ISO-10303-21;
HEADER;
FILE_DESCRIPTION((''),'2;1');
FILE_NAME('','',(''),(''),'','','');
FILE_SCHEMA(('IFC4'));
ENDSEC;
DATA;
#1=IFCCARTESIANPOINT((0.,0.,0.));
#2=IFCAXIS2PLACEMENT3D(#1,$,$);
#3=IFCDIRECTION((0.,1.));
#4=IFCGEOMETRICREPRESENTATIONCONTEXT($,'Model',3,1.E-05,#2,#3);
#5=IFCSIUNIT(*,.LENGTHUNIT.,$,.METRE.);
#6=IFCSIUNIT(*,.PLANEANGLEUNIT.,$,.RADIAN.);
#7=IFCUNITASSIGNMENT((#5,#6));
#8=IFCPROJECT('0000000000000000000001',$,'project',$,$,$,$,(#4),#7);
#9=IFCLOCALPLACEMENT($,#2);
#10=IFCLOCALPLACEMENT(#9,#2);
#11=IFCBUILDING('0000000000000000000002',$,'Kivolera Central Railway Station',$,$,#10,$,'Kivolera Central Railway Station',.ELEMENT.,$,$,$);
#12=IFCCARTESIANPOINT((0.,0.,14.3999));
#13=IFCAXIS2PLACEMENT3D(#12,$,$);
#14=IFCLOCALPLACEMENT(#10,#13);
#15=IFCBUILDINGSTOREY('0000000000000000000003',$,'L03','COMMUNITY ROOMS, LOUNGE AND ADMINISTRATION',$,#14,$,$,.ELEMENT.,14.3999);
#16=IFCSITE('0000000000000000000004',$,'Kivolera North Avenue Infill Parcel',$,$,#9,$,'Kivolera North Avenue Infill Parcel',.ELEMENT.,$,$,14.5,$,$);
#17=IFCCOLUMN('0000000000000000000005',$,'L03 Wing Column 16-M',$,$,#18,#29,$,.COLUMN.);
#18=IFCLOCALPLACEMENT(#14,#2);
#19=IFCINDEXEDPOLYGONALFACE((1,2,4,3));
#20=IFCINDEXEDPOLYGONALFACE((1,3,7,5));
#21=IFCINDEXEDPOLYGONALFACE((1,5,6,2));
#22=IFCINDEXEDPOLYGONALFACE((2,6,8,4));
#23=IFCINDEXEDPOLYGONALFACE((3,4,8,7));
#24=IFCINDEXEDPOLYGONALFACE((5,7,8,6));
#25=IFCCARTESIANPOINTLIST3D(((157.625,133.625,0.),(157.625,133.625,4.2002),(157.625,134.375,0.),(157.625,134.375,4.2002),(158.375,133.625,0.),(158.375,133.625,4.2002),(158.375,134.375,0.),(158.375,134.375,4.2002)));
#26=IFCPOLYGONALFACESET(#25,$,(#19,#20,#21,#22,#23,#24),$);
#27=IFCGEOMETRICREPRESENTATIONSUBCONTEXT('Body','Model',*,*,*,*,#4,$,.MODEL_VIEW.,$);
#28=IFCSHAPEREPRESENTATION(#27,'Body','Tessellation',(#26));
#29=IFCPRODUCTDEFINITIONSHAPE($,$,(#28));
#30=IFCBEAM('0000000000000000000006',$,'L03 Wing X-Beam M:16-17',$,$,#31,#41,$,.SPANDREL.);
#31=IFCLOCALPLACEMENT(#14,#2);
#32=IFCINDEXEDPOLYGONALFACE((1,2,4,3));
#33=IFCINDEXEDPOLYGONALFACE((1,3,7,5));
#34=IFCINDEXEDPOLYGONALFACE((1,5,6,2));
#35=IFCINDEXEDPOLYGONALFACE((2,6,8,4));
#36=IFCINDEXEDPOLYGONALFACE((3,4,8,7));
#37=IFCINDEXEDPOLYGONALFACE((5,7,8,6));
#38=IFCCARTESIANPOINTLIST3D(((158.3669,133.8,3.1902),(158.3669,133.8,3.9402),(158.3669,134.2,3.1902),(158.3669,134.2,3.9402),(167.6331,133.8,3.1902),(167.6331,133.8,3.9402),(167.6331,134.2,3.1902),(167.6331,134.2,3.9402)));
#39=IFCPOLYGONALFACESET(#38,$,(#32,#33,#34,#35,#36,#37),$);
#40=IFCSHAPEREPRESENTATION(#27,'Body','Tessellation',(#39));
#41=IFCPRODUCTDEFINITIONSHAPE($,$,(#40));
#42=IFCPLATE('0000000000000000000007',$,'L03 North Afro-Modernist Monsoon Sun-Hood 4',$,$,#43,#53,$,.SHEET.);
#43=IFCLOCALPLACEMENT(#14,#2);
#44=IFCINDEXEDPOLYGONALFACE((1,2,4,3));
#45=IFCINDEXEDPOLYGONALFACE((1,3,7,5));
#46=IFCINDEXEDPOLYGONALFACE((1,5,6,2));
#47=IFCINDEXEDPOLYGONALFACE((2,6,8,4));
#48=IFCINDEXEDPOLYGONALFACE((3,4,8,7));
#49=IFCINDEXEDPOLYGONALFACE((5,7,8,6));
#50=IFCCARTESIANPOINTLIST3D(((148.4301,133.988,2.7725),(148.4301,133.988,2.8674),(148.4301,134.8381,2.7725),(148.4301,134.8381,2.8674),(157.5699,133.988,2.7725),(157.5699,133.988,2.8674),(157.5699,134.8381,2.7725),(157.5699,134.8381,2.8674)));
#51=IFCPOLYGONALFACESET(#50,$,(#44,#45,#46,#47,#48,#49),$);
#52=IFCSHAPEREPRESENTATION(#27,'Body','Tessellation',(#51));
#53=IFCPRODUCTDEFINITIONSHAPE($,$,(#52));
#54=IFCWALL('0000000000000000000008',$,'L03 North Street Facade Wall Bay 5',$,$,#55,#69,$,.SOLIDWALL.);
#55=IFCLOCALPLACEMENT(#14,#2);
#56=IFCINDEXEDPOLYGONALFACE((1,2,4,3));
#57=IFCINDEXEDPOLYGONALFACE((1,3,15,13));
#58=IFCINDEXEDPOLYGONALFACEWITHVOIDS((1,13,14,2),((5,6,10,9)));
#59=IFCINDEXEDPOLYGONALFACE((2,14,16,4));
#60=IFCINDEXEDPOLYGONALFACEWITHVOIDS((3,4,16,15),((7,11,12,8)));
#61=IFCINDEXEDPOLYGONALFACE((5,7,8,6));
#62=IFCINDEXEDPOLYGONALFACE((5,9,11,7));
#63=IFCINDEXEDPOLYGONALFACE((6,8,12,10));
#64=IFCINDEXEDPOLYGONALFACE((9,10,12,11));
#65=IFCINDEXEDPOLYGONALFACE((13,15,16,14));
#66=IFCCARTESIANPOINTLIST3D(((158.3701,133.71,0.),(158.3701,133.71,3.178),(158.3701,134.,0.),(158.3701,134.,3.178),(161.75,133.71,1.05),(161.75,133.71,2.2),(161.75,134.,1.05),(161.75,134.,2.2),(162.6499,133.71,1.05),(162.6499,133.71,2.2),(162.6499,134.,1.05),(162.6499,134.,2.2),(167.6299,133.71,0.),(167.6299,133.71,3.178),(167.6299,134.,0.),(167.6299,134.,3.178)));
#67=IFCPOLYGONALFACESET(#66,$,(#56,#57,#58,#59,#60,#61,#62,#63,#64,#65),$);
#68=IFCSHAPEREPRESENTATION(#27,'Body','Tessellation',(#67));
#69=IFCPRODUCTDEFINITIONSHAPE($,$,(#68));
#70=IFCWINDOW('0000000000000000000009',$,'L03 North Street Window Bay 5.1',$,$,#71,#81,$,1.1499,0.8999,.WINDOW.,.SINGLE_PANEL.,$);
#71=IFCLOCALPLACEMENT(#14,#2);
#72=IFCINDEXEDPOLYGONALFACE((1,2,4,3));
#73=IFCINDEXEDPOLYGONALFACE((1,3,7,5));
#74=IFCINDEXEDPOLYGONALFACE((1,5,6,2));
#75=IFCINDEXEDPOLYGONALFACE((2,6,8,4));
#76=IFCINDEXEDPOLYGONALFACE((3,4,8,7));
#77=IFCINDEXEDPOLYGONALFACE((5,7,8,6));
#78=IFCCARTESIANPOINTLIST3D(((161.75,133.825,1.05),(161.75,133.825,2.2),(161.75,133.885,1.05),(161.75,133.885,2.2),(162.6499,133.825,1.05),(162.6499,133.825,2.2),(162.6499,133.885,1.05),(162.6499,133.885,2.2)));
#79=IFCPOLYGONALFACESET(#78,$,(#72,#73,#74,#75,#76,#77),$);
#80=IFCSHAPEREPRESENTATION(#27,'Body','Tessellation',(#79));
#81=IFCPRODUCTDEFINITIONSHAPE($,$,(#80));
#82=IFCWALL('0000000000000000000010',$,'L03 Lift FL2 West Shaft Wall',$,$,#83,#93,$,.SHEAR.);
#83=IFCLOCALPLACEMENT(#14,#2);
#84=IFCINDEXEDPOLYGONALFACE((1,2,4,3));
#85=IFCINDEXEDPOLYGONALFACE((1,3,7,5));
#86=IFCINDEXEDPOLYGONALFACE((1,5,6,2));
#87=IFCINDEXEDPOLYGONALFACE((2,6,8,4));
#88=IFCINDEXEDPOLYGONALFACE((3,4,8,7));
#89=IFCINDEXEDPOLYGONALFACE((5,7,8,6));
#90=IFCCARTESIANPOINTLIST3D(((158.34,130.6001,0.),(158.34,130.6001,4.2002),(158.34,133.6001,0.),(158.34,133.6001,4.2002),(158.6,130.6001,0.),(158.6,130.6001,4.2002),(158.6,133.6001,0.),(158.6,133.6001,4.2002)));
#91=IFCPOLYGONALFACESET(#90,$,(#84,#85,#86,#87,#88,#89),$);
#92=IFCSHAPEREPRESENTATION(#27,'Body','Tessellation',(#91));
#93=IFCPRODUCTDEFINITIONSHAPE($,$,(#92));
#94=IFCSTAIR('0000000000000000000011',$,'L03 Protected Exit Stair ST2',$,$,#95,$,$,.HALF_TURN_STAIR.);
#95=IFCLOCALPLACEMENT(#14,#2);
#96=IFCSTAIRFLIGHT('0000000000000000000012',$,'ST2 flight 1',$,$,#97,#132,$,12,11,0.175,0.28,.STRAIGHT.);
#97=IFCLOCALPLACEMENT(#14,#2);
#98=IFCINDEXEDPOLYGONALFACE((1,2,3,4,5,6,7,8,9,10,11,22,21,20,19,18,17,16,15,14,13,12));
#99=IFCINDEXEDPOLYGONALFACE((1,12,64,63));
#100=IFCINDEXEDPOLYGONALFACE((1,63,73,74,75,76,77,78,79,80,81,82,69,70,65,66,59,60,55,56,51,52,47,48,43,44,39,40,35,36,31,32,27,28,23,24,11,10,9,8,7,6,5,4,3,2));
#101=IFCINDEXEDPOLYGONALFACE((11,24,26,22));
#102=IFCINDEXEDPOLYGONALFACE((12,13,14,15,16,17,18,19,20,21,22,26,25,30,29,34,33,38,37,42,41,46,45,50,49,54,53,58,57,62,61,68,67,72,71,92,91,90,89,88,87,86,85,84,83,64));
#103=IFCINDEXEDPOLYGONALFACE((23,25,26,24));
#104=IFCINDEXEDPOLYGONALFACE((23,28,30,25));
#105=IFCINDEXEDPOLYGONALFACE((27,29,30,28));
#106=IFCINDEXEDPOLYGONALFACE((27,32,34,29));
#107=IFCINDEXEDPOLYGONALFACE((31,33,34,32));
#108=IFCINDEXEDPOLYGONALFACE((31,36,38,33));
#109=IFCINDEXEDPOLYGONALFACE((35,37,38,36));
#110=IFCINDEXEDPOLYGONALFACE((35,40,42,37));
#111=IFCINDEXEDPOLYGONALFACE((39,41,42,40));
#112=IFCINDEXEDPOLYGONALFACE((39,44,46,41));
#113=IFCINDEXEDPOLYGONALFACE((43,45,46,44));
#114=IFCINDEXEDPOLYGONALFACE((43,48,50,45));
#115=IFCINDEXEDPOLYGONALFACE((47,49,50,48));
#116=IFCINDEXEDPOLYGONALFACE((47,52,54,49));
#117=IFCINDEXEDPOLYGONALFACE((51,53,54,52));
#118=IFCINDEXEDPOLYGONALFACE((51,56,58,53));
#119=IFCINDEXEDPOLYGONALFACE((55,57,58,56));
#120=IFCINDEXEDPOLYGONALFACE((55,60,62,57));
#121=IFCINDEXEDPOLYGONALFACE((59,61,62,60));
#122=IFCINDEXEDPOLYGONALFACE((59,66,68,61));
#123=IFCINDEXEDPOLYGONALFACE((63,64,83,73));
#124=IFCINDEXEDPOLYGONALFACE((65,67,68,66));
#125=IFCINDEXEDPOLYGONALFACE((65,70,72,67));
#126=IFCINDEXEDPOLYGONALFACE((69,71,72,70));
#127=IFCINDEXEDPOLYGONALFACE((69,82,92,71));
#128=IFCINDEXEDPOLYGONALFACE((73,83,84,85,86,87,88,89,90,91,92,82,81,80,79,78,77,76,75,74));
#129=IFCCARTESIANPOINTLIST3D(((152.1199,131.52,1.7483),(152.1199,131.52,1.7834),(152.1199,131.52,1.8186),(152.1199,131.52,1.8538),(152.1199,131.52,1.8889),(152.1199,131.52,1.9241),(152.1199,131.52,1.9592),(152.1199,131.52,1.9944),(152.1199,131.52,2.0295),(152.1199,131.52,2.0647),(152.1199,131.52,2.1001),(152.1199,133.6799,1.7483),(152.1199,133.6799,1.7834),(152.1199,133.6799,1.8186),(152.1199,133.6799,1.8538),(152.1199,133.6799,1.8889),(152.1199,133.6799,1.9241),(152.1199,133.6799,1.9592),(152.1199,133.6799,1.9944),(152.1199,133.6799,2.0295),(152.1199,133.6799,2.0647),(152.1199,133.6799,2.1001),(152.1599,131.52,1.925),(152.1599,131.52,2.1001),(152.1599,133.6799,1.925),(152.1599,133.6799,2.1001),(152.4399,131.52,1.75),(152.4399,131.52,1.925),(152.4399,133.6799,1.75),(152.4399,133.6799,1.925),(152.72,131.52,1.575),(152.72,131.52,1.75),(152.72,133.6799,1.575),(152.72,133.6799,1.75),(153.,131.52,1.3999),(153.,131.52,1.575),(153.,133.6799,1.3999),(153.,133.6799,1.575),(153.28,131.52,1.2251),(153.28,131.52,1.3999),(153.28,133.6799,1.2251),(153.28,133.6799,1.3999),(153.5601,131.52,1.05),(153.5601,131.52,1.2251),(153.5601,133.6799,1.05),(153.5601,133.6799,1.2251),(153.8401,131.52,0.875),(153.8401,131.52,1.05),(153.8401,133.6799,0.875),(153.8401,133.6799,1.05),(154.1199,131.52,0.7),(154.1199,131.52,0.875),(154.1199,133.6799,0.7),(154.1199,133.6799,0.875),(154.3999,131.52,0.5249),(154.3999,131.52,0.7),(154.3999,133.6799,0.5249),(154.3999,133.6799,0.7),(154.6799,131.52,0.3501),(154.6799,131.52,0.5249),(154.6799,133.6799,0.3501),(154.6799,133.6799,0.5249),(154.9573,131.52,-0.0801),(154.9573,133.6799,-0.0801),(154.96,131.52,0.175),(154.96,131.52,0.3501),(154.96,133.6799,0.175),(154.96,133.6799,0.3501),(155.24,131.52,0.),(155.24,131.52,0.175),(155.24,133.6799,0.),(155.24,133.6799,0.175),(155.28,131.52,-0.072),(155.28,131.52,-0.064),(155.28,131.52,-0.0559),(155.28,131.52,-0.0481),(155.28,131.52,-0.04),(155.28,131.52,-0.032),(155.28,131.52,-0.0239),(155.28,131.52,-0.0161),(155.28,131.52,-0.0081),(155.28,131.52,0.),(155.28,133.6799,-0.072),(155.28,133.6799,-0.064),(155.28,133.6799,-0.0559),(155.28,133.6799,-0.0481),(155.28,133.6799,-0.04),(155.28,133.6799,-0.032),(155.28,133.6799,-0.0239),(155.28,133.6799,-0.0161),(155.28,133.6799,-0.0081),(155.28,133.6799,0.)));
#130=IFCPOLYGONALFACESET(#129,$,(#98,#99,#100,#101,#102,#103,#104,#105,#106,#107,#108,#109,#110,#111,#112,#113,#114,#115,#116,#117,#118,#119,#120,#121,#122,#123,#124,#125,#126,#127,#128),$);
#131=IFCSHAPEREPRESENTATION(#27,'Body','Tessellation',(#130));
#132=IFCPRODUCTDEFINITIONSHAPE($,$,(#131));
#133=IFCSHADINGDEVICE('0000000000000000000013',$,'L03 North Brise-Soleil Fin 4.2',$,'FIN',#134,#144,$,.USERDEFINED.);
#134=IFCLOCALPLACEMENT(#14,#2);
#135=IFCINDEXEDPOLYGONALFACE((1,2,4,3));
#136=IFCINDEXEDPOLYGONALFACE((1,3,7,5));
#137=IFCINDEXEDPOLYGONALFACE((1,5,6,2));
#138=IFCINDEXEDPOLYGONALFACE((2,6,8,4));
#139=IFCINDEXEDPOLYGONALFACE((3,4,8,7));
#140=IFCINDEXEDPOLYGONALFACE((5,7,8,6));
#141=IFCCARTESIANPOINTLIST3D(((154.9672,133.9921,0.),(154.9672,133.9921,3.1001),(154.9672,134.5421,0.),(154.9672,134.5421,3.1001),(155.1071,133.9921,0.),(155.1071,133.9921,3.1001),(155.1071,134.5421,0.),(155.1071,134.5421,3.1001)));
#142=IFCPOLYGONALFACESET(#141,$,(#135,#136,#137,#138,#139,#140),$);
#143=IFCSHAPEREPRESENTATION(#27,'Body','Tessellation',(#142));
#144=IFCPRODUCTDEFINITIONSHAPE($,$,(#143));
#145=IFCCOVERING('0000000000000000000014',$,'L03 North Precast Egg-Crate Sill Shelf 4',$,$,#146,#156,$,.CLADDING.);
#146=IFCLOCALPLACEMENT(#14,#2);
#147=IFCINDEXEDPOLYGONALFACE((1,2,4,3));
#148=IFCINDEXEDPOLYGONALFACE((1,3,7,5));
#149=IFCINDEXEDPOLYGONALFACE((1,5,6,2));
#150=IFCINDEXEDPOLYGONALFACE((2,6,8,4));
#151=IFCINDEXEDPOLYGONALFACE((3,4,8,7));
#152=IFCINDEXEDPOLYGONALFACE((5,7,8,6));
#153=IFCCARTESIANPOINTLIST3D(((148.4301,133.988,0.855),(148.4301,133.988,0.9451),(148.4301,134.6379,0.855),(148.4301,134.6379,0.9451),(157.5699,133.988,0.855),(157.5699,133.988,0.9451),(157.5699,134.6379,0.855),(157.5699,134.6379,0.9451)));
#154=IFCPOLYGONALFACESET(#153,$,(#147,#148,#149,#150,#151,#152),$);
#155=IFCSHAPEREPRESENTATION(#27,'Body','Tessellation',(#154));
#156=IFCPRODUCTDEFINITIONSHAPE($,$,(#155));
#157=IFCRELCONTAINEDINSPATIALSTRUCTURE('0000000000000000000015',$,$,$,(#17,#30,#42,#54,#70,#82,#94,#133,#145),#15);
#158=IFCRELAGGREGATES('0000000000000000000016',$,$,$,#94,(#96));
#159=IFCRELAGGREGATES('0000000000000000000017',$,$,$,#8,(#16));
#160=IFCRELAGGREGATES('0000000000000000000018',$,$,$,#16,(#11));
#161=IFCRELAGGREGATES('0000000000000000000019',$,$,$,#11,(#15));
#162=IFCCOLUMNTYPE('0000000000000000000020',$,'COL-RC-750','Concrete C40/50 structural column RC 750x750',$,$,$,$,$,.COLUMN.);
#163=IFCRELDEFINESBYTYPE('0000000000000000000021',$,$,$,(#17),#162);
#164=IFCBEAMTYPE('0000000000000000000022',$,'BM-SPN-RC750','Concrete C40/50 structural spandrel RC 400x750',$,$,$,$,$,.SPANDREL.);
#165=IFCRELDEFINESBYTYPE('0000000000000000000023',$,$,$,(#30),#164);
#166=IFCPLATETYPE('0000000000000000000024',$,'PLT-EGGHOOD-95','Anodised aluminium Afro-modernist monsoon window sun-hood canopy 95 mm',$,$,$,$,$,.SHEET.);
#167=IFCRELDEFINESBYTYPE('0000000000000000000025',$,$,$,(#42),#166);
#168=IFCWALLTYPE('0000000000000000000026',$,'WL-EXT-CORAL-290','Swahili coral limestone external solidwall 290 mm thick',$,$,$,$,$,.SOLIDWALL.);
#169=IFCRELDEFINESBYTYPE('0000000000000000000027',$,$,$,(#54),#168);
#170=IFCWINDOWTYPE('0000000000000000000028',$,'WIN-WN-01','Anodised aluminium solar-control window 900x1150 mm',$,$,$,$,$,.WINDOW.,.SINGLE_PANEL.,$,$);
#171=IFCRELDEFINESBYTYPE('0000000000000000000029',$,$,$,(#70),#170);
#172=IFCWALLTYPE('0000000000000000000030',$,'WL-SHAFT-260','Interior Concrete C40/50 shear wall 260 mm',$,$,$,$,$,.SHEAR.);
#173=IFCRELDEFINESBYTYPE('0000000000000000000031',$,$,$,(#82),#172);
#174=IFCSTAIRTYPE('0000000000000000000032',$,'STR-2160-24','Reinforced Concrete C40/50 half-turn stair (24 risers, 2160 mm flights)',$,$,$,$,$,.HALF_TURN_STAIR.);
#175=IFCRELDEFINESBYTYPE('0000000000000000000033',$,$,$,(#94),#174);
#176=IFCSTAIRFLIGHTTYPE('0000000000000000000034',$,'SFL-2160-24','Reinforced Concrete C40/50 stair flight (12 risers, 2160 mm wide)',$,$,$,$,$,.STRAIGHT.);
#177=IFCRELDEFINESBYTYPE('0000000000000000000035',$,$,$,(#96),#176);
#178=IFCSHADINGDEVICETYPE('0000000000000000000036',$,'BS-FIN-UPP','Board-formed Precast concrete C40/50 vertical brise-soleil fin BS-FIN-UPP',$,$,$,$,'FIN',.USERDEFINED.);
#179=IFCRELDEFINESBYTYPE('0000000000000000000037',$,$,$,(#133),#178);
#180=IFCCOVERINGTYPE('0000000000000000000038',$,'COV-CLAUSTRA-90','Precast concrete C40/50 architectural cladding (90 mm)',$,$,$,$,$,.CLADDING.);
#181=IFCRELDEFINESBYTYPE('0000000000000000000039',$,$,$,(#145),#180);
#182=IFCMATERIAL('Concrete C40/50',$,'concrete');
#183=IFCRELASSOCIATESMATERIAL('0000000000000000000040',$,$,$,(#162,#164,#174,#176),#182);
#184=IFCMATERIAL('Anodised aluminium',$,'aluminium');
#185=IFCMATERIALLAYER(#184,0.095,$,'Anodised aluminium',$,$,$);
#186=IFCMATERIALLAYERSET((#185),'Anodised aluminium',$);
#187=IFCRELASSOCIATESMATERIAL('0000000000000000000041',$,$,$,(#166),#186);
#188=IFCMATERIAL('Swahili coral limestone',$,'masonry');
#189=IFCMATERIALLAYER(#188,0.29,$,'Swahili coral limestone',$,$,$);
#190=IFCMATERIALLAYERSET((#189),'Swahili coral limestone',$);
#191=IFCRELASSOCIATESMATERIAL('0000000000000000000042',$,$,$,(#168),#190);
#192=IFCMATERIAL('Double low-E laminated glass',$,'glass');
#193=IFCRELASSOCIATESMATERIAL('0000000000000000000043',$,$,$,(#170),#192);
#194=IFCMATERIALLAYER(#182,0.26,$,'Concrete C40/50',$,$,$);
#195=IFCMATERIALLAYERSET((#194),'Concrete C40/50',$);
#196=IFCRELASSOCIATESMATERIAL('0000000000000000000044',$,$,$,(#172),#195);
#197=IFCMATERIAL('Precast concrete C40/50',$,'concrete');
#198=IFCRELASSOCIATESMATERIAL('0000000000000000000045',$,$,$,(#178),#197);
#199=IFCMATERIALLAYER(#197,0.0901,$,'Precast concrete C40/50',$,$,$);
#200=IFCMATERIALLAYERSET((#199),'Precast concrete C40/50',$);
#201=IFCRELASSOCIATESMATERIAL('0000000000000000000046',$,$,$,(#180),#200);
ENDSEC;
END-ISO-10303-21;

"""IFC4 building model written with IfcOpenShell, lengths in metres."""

from ifc_helpers import new_model, si_unit, direction, frame, frame_2d, origin, origin_2d, place, context, subcontext, project, spatial, polyline, rectangle, outline, extrude, material, layer, layer_set, material_profile, profile_set, type_object, element, fill, aggregate, save


model = new_model("IFC4")

# Units and contexts
model_context = context("Model", 3, precision=1e-05, world=origin(), true_north=direction((0.0, 1.0)))
body_context = subcontext(model_context, "Body", "Model", "MODEL_VIEW")
ifc_project = project(units=[si_unit("LENGTHUNIT", "METRE"), si_unit("PLANEANGLEUNIT", "RADIAN")], contexts=[model_context])

# Site, building, storey
site_placement = place(None, origin())
site = spatial("IfcSite", under=ifc_project, at=site_placement, Name="Kivolera North Avenue Infill Parcel", LongName="Kivolera North Avenue Infill Parcel", CompositionType="ELEMENT", RefElevation=14.5)
building_placement = place(site_placement, origin())
building = spatial("IfcBuilding", under=site, at=building_placement, Name="Kivolera Central Railway Station", LongName="Kivolera Central Railway Station", CompositionType="ELEMENT")
storey_placement = place(building_placement, frame((0.0, 0.0, 14.3999)))
storey = spatial("IfcBuildingStorey", under=building, at=storey_placement, Name="L03", Description="COMMUNITY ROOMS, LOUNGE AND ADMINISTRATION", CompositionType="ELEMENT", Elevation=14.3999)

# Column
ifc_material_1 = material(Name="Concrete C40/50", Category="concrete")
ifc_material_profile_1 = material_profile(ifc_material_1, rectangle(XDim=0.75, YDim=0.75, at=origin_2d()), Name="RC 750x750")
ifc_profile_set_1 = profile_set([ifc_material_profile_1], Name="Concrete C40/50")
column_type = type_object("IfcColumnType", Name="COL-RC-750", Description="Concrete C40/50 structural column RC 750x750", PredefinedType="COLUMN", material=ifc_profile_set_1)
column_placement = place(storey_placement, frame((158.0, 134.0, 0.0), z_axis=(0.0, 0.0, 1.0), x_axis=(1.0, 0.0, 0.0)))
element("IfcColumn", 1, at=column_placement, inside=storey, type_object=column_type, Name="L03 Wing Column 16-M", PredefinedType="COLUMN", context=body_context, shape_type="SweptSolid", body=[
    extrude(rectangle(XDim=0.75, YDim=0.75, at=origin_2d()), origin(), (0.0, 0.0, 1.0), 4.2002),
])

# Beam
ifc_material_profile_2 = material_profile(ifc_material_1, rectangle(XDim=0.3999, YDim=0.75, at=origin_2d()), Name="RC 400x750")
ifc_profile_set_2 = profile_set([ifc_material_profile_2], Name="Concrete C40/50")
beam_type = type_object("IfcBeamType", Name="BM-SPN-RC750", Description="Concrete C40/50 structural spandrel RC 400x750", PredefinedType="SPANDREL", material=ifc_profile_set_2)
beam_placement = place(storey_placement, frame((158.3669, 134.0, 3.5652), z_axis=(1.0, 0.0, 0.0), x_axis=(0.0, 1.0, 0.0)))
element("IfcBeam", 2, at=beam_placement, inside=storey, type_object=beam_type, Name="L03 Wing X-Beam M:16-17", PredefinedType="SPANDREL", context=body_context, shape_type="SweptSolid", body=[
    extrude(rectangle(XDim=0.3999, YDim=0.75, at=origin_2d()), origin(), (0.0, 0.0, 1.0), 9.2661),
])

# Plate
ifc_material_2 = material(Name="Anodised aluminium", Category="aluminium")
ifc_layer_1 = layer(ifc_material_2, 0.095, Name="Anodised aluminium")
ifc_layer_set_1 = layer_set([ifc_layer_1], Name="Anodised aluminium")
plate_type = type_object("IfcPlateType", Name="PLT-EGGHOOD-95", Description="Anodised aluminium Afro-modernist monsoon window sun-hood canopy 95 mm", PredefinedType="SHEET", material=ifc_layer_set_1)
plate_placement = place(storey_placement, frame((153.0, 134.4131, 2.7725), z_axis=(0.0, 0.0, 1.0), x_axis=(1.0, 0.0, 0.0)))
element("IfcPlate", 3, at=plate_placement, inside=storey, type_object=plate_type, Name="L03 North Afro-Modernist Monsoon Sun-Hood 4", PredefinedType="SHEET", context=body_context, shape_type="SweptSolid", body=[
    extrude(rectangle(XDim=9.1399, YDim=0.8501, at=origin_2d()), origin(), (0.0, 0.0, 1.0), 0.095),
])

# Wall, opening, window
ifc_material_3 = material(Name="Swahili coral limestone", Category="masonry")
ifc_layer_2 = layer(ifc_material_3, 0.29, Name="Swahili coral limestone")
ifc_layer_set_2 = layer_set([ifc_layer_2], Name="Swahili coral limestone")
wall_type_1 = type_object("IfcWallType", Name="WL-EXT-CORAL-290", Description="Swahili coral limestone external solidwall 290 mm thick", PredefinedType="SOLIDWALL", material=ifc_layer_set_2)
wall_1_placement = place(storey_placement, frame((158.3701, 133.855, 0.0), z_axis=(0.0, 0.0, 1.0), x_axis=(1.0, 0.0, 0.0)))
wall_1 = element("IfcWall", 4, at=wall_1_placement, inside=storey, type_object=wall_type_1, Name="L03 North Street Facade Wall Bay 5", PredefinedType="SOLIDWALL", context=body_context, shape_type="SweptSolid", body=[
    extrude(rectangle(XDim=9.2598, YDim=0.29, at=frame_2d((4.6299, 0.0))), origin(), (0.0, 0.0, 1.0), 3.178),
])
opening_1_placement = place(wall_1_placement, frame((3.3799, 0.0, 1.05)))
opening_1 = element("IfcOpeningElement", 5, at=opening_1_placement, cuts=wall_1, PredefinedType="OPENING", context=body_context, shape_type="SweptSolid", body=[
    extrude(rectangle(XDim=0.8999, YDim=1.1499, at=frame_2d((0.45, 0.575))), frame((0.0, 0.155, 0.0), z_axis=(0.0, -1.0, 0.0), x_axis=(1.0, 0.0, 0.0)), (0.0, 0.0, 1.0), 0.3101),
])
ifc_material_4 = material(Name="Double low-E laminated glass", Category="glass")
window_type = type_object("IfcWindowType", Name="WIN-WN-01", Description="Anodised aluminium solar-control window 900x1150 mm", PartitioningType="SINGLE_PANEL", PredefinedType="WINDOW", material=ifc_material_4)
window_placement = place(opening_1_placement, origin())
window = element("IfcWindow", 6, at=window_placement, inside=storey, type_object=window_type, Name="L03 North Street Window Bay 5.1", OverallHeight=1.1499, OverallWidth=0.8999, PartitioningType="SINGLE_PANEL", PredefinedType="WINDOW", context=body_context, shape_type="SweptSolid", body=[
    extrude(rectangle(XDim=0.8999, YDim=1.1499, at=frame_2d((0.45, 0.575))), frame((0.0, 0.03, 0.0), z_axis=(0.0, -1.0, 0.0), x_axis=(1.0, 0.0, 0.0)), (0.0, 0.0, 1.0), 0.0601),
])
fill(opening_1, window)

# Wall
ifc_layer_3 = layer(ifc_material_1, 0.26, Name="Concrete C40/50")
ifc_layer_set_3 = layer_set([ifc_layer_3], Name="Concrete C40/50")
wall_type_2 = type_object("IfcWallType", Name="WL-SHAFT-260", Description="Interior Concrete C40/50 shear wall 260 mm", PredefinedType="SHEAR", material=ifc_layer_set_3)
wall_2_placement = place(storey_placement, frame((158.47, 130.6001, 0.0), z_axis=(0.0, 0.0, 1.0), x_axis=(0.0, 1.0, 0.0)))
element("IfcWall", 7, at=wall_2_placement, inside=storey, type_object=wall_type_2, Name="L03 Lift FL2 West Shaft Wall", PredefinedType="SHEAR", context=body_context, shape_type="SweptSolid", body=[
    extrude(rectangle(XDim=3.0, YDim=0.26, at=frame_2d((1.5, 0.0))), origin(), (0.0, 0.0, 1.0), 4.2002),
])

# Stair, stair flight
stair_type = type_object("IfcStairType", Name="STR-2160-24", Description="Reinforced Concrete C40/50 half-turn stair (24 risers, 2160 mm flights)", PredefinedType="HALF_TURN_STAIR", material=ifc_material_1)
stair_placement = place(storey_placement, origin())
stair = element("IfcStair", 8, at=stair_placement, inside=storey, type_object=stair_type, Name="L03 Protected Exit Stair ST2", PredefinedType="HALF_TURN_STAIR")
stair_flight_type = type_object("IfcStairFlightType", Name="SFL-2160-24", Description="Reinforced Concrete C40/50 stair flight (12 risers, 2160 mm wide)", PredefinedType="STRAIGHT", material=ifc_material_1)
stair_flight_placement = place(storey_placement, frame((155.24, 132.6001, 0.0), z_axis=(0.0, 0.0, 1.0), x_axis=(-1.0, 0.0, 0.0)))
stair_flight = element("IfcStairFlight", 9, at=stair_flight_placement, type_object=stair_flight_type, Name="ST2 flight 1", NumberOfRisers=12, NumberOfTreads=11, PredefinedType="STRAIGHT", RiserHeight=0.175, TreadLength=0.28, context=body_context, shape_type="SweptSolid", body=[
    extrude(outline(polyline([(-0.04, 0.0), (0.0, 0.0), (0.0, 0.175), (0.28, 0.175), (0.28, 0.3501), (0.5601, 0.3501), (0.5601, 0.5249), (0.8401, 0.5249), (0.8401, 0.7), (1.1201, 0.7), (1.1201, 0.875), (1.3999, 0.875), (1.3999, 1.05), (1.6799, 1.05), (1.6799, 1.2251), (1.96, 1.2251), (1.96, 1.3999), (2.24, 1.3999), (2.24, 1.575), (2.52, 1.575), (2.52, 1.75), (2.8, 1.75), (2.8, 1.925), (3.0801, 1.925), (3.0801, 2.1001), (3.1201, 2.1001), (3.1201, 2.0647), (3.1201, 2.0295), (3.1201, 1.9944), (3.1201, 1.9592), (3.1201, 1.9241), (3.1201, 1.8889), (3.1201, 1.8538), (3.1201, 1.8186), (3.1201, 1.7834), (3.1201, 1.7483), (0.2827, -0.0801), (-0.04, -0.072), (-0.04, -0.064), (-0.04, -0.0559), (-0.04, -0.0481), (-0.04, -0.04), (-0.04, -0.032), (-0.04, -0.0239), (-0.04, -0.0161), (-0.04, -0.0081), (-0.04, 0.0)])), frame((0.0, 1.0801, 0.0), z_axis=(0.0, -1.0, 0.0), x_axis=(1.0, 0.0, 0.0)), (0.0, 0.0, 1.0), 2.1599),
])
aggregate(stair, [stair_flight])

# Shading device
ifc_material_5 = material(Name="Precast concrete C40/50", Category="concrete")
shading_device_type = type_object("IfcShadingDeviceType", Name="BS-FIN-UPP", Description="Board-formed Precast concrete C40/50 vertical brise-soleil fin BS-FIN-UPP", ElementType="FIN", PredefinedType="USERDEFINED", material=ifc_material_5)
shading_device_placement = place(storey_placement, frame((155.0371, 134.2671, 0.0), z_axis=(0.0, 0.0, 1.0), x_axis=(1.0, 0.0, 0.0)))
element("IfcShadingDevice", 10, at=shading_device_placement, inside=storey, type_object=shading_device_type, Name="L03 North Brise-Soleil Fin 4.2", ObjectType="FIN", PredefinedType="USERDEFINED", context=body_context, shape_type="SweptSolid", body=[
    extrude(rectangle(XDim=0.1399, YDim=0.55, at=origin_2d()), origin(), (0.0, 0.0, 1.0), 3.1001),
])

# Covering
ifc_layer_4 = layer(ifc_material_5, 0.0901, Name="Precast concrete C40/50")
ifc_layer_set_4 = layer_set([ifc_layer_4], Name="Precast concrete C40/50")
covering_type_1 = type_object("IfcCoveringType", Name="COV-CLAUSTRA-90", Description="Precast concrete C40/50 architectural cladding (90 mm)", PredefinedType="CLADDING", material=ifc_layer_set_4)
covering_1_placement = place(storey_placement, frame((153.0, 134.313, 0.855), z_axis=(0.0, 0.0, 1.0), x_axis=(1.0, 0.0, 0.0)))
element("IfcCovering", 11, at=covering_1_placement, inside=storey, type_object=covering_type_1, Name="L03 North Precast Egg-Crate Sill Shelf 4", PredefinedType="CLADDING", context=body_context, shape_type="SweptSolid", body=[
    extrude(rectangle(XDim=9.1399, YDim=0.6499, at=origin_2d()), origin(), (0.0, 0.0, 1.0), 0.0901),
])

save(model, "model.ifc")
